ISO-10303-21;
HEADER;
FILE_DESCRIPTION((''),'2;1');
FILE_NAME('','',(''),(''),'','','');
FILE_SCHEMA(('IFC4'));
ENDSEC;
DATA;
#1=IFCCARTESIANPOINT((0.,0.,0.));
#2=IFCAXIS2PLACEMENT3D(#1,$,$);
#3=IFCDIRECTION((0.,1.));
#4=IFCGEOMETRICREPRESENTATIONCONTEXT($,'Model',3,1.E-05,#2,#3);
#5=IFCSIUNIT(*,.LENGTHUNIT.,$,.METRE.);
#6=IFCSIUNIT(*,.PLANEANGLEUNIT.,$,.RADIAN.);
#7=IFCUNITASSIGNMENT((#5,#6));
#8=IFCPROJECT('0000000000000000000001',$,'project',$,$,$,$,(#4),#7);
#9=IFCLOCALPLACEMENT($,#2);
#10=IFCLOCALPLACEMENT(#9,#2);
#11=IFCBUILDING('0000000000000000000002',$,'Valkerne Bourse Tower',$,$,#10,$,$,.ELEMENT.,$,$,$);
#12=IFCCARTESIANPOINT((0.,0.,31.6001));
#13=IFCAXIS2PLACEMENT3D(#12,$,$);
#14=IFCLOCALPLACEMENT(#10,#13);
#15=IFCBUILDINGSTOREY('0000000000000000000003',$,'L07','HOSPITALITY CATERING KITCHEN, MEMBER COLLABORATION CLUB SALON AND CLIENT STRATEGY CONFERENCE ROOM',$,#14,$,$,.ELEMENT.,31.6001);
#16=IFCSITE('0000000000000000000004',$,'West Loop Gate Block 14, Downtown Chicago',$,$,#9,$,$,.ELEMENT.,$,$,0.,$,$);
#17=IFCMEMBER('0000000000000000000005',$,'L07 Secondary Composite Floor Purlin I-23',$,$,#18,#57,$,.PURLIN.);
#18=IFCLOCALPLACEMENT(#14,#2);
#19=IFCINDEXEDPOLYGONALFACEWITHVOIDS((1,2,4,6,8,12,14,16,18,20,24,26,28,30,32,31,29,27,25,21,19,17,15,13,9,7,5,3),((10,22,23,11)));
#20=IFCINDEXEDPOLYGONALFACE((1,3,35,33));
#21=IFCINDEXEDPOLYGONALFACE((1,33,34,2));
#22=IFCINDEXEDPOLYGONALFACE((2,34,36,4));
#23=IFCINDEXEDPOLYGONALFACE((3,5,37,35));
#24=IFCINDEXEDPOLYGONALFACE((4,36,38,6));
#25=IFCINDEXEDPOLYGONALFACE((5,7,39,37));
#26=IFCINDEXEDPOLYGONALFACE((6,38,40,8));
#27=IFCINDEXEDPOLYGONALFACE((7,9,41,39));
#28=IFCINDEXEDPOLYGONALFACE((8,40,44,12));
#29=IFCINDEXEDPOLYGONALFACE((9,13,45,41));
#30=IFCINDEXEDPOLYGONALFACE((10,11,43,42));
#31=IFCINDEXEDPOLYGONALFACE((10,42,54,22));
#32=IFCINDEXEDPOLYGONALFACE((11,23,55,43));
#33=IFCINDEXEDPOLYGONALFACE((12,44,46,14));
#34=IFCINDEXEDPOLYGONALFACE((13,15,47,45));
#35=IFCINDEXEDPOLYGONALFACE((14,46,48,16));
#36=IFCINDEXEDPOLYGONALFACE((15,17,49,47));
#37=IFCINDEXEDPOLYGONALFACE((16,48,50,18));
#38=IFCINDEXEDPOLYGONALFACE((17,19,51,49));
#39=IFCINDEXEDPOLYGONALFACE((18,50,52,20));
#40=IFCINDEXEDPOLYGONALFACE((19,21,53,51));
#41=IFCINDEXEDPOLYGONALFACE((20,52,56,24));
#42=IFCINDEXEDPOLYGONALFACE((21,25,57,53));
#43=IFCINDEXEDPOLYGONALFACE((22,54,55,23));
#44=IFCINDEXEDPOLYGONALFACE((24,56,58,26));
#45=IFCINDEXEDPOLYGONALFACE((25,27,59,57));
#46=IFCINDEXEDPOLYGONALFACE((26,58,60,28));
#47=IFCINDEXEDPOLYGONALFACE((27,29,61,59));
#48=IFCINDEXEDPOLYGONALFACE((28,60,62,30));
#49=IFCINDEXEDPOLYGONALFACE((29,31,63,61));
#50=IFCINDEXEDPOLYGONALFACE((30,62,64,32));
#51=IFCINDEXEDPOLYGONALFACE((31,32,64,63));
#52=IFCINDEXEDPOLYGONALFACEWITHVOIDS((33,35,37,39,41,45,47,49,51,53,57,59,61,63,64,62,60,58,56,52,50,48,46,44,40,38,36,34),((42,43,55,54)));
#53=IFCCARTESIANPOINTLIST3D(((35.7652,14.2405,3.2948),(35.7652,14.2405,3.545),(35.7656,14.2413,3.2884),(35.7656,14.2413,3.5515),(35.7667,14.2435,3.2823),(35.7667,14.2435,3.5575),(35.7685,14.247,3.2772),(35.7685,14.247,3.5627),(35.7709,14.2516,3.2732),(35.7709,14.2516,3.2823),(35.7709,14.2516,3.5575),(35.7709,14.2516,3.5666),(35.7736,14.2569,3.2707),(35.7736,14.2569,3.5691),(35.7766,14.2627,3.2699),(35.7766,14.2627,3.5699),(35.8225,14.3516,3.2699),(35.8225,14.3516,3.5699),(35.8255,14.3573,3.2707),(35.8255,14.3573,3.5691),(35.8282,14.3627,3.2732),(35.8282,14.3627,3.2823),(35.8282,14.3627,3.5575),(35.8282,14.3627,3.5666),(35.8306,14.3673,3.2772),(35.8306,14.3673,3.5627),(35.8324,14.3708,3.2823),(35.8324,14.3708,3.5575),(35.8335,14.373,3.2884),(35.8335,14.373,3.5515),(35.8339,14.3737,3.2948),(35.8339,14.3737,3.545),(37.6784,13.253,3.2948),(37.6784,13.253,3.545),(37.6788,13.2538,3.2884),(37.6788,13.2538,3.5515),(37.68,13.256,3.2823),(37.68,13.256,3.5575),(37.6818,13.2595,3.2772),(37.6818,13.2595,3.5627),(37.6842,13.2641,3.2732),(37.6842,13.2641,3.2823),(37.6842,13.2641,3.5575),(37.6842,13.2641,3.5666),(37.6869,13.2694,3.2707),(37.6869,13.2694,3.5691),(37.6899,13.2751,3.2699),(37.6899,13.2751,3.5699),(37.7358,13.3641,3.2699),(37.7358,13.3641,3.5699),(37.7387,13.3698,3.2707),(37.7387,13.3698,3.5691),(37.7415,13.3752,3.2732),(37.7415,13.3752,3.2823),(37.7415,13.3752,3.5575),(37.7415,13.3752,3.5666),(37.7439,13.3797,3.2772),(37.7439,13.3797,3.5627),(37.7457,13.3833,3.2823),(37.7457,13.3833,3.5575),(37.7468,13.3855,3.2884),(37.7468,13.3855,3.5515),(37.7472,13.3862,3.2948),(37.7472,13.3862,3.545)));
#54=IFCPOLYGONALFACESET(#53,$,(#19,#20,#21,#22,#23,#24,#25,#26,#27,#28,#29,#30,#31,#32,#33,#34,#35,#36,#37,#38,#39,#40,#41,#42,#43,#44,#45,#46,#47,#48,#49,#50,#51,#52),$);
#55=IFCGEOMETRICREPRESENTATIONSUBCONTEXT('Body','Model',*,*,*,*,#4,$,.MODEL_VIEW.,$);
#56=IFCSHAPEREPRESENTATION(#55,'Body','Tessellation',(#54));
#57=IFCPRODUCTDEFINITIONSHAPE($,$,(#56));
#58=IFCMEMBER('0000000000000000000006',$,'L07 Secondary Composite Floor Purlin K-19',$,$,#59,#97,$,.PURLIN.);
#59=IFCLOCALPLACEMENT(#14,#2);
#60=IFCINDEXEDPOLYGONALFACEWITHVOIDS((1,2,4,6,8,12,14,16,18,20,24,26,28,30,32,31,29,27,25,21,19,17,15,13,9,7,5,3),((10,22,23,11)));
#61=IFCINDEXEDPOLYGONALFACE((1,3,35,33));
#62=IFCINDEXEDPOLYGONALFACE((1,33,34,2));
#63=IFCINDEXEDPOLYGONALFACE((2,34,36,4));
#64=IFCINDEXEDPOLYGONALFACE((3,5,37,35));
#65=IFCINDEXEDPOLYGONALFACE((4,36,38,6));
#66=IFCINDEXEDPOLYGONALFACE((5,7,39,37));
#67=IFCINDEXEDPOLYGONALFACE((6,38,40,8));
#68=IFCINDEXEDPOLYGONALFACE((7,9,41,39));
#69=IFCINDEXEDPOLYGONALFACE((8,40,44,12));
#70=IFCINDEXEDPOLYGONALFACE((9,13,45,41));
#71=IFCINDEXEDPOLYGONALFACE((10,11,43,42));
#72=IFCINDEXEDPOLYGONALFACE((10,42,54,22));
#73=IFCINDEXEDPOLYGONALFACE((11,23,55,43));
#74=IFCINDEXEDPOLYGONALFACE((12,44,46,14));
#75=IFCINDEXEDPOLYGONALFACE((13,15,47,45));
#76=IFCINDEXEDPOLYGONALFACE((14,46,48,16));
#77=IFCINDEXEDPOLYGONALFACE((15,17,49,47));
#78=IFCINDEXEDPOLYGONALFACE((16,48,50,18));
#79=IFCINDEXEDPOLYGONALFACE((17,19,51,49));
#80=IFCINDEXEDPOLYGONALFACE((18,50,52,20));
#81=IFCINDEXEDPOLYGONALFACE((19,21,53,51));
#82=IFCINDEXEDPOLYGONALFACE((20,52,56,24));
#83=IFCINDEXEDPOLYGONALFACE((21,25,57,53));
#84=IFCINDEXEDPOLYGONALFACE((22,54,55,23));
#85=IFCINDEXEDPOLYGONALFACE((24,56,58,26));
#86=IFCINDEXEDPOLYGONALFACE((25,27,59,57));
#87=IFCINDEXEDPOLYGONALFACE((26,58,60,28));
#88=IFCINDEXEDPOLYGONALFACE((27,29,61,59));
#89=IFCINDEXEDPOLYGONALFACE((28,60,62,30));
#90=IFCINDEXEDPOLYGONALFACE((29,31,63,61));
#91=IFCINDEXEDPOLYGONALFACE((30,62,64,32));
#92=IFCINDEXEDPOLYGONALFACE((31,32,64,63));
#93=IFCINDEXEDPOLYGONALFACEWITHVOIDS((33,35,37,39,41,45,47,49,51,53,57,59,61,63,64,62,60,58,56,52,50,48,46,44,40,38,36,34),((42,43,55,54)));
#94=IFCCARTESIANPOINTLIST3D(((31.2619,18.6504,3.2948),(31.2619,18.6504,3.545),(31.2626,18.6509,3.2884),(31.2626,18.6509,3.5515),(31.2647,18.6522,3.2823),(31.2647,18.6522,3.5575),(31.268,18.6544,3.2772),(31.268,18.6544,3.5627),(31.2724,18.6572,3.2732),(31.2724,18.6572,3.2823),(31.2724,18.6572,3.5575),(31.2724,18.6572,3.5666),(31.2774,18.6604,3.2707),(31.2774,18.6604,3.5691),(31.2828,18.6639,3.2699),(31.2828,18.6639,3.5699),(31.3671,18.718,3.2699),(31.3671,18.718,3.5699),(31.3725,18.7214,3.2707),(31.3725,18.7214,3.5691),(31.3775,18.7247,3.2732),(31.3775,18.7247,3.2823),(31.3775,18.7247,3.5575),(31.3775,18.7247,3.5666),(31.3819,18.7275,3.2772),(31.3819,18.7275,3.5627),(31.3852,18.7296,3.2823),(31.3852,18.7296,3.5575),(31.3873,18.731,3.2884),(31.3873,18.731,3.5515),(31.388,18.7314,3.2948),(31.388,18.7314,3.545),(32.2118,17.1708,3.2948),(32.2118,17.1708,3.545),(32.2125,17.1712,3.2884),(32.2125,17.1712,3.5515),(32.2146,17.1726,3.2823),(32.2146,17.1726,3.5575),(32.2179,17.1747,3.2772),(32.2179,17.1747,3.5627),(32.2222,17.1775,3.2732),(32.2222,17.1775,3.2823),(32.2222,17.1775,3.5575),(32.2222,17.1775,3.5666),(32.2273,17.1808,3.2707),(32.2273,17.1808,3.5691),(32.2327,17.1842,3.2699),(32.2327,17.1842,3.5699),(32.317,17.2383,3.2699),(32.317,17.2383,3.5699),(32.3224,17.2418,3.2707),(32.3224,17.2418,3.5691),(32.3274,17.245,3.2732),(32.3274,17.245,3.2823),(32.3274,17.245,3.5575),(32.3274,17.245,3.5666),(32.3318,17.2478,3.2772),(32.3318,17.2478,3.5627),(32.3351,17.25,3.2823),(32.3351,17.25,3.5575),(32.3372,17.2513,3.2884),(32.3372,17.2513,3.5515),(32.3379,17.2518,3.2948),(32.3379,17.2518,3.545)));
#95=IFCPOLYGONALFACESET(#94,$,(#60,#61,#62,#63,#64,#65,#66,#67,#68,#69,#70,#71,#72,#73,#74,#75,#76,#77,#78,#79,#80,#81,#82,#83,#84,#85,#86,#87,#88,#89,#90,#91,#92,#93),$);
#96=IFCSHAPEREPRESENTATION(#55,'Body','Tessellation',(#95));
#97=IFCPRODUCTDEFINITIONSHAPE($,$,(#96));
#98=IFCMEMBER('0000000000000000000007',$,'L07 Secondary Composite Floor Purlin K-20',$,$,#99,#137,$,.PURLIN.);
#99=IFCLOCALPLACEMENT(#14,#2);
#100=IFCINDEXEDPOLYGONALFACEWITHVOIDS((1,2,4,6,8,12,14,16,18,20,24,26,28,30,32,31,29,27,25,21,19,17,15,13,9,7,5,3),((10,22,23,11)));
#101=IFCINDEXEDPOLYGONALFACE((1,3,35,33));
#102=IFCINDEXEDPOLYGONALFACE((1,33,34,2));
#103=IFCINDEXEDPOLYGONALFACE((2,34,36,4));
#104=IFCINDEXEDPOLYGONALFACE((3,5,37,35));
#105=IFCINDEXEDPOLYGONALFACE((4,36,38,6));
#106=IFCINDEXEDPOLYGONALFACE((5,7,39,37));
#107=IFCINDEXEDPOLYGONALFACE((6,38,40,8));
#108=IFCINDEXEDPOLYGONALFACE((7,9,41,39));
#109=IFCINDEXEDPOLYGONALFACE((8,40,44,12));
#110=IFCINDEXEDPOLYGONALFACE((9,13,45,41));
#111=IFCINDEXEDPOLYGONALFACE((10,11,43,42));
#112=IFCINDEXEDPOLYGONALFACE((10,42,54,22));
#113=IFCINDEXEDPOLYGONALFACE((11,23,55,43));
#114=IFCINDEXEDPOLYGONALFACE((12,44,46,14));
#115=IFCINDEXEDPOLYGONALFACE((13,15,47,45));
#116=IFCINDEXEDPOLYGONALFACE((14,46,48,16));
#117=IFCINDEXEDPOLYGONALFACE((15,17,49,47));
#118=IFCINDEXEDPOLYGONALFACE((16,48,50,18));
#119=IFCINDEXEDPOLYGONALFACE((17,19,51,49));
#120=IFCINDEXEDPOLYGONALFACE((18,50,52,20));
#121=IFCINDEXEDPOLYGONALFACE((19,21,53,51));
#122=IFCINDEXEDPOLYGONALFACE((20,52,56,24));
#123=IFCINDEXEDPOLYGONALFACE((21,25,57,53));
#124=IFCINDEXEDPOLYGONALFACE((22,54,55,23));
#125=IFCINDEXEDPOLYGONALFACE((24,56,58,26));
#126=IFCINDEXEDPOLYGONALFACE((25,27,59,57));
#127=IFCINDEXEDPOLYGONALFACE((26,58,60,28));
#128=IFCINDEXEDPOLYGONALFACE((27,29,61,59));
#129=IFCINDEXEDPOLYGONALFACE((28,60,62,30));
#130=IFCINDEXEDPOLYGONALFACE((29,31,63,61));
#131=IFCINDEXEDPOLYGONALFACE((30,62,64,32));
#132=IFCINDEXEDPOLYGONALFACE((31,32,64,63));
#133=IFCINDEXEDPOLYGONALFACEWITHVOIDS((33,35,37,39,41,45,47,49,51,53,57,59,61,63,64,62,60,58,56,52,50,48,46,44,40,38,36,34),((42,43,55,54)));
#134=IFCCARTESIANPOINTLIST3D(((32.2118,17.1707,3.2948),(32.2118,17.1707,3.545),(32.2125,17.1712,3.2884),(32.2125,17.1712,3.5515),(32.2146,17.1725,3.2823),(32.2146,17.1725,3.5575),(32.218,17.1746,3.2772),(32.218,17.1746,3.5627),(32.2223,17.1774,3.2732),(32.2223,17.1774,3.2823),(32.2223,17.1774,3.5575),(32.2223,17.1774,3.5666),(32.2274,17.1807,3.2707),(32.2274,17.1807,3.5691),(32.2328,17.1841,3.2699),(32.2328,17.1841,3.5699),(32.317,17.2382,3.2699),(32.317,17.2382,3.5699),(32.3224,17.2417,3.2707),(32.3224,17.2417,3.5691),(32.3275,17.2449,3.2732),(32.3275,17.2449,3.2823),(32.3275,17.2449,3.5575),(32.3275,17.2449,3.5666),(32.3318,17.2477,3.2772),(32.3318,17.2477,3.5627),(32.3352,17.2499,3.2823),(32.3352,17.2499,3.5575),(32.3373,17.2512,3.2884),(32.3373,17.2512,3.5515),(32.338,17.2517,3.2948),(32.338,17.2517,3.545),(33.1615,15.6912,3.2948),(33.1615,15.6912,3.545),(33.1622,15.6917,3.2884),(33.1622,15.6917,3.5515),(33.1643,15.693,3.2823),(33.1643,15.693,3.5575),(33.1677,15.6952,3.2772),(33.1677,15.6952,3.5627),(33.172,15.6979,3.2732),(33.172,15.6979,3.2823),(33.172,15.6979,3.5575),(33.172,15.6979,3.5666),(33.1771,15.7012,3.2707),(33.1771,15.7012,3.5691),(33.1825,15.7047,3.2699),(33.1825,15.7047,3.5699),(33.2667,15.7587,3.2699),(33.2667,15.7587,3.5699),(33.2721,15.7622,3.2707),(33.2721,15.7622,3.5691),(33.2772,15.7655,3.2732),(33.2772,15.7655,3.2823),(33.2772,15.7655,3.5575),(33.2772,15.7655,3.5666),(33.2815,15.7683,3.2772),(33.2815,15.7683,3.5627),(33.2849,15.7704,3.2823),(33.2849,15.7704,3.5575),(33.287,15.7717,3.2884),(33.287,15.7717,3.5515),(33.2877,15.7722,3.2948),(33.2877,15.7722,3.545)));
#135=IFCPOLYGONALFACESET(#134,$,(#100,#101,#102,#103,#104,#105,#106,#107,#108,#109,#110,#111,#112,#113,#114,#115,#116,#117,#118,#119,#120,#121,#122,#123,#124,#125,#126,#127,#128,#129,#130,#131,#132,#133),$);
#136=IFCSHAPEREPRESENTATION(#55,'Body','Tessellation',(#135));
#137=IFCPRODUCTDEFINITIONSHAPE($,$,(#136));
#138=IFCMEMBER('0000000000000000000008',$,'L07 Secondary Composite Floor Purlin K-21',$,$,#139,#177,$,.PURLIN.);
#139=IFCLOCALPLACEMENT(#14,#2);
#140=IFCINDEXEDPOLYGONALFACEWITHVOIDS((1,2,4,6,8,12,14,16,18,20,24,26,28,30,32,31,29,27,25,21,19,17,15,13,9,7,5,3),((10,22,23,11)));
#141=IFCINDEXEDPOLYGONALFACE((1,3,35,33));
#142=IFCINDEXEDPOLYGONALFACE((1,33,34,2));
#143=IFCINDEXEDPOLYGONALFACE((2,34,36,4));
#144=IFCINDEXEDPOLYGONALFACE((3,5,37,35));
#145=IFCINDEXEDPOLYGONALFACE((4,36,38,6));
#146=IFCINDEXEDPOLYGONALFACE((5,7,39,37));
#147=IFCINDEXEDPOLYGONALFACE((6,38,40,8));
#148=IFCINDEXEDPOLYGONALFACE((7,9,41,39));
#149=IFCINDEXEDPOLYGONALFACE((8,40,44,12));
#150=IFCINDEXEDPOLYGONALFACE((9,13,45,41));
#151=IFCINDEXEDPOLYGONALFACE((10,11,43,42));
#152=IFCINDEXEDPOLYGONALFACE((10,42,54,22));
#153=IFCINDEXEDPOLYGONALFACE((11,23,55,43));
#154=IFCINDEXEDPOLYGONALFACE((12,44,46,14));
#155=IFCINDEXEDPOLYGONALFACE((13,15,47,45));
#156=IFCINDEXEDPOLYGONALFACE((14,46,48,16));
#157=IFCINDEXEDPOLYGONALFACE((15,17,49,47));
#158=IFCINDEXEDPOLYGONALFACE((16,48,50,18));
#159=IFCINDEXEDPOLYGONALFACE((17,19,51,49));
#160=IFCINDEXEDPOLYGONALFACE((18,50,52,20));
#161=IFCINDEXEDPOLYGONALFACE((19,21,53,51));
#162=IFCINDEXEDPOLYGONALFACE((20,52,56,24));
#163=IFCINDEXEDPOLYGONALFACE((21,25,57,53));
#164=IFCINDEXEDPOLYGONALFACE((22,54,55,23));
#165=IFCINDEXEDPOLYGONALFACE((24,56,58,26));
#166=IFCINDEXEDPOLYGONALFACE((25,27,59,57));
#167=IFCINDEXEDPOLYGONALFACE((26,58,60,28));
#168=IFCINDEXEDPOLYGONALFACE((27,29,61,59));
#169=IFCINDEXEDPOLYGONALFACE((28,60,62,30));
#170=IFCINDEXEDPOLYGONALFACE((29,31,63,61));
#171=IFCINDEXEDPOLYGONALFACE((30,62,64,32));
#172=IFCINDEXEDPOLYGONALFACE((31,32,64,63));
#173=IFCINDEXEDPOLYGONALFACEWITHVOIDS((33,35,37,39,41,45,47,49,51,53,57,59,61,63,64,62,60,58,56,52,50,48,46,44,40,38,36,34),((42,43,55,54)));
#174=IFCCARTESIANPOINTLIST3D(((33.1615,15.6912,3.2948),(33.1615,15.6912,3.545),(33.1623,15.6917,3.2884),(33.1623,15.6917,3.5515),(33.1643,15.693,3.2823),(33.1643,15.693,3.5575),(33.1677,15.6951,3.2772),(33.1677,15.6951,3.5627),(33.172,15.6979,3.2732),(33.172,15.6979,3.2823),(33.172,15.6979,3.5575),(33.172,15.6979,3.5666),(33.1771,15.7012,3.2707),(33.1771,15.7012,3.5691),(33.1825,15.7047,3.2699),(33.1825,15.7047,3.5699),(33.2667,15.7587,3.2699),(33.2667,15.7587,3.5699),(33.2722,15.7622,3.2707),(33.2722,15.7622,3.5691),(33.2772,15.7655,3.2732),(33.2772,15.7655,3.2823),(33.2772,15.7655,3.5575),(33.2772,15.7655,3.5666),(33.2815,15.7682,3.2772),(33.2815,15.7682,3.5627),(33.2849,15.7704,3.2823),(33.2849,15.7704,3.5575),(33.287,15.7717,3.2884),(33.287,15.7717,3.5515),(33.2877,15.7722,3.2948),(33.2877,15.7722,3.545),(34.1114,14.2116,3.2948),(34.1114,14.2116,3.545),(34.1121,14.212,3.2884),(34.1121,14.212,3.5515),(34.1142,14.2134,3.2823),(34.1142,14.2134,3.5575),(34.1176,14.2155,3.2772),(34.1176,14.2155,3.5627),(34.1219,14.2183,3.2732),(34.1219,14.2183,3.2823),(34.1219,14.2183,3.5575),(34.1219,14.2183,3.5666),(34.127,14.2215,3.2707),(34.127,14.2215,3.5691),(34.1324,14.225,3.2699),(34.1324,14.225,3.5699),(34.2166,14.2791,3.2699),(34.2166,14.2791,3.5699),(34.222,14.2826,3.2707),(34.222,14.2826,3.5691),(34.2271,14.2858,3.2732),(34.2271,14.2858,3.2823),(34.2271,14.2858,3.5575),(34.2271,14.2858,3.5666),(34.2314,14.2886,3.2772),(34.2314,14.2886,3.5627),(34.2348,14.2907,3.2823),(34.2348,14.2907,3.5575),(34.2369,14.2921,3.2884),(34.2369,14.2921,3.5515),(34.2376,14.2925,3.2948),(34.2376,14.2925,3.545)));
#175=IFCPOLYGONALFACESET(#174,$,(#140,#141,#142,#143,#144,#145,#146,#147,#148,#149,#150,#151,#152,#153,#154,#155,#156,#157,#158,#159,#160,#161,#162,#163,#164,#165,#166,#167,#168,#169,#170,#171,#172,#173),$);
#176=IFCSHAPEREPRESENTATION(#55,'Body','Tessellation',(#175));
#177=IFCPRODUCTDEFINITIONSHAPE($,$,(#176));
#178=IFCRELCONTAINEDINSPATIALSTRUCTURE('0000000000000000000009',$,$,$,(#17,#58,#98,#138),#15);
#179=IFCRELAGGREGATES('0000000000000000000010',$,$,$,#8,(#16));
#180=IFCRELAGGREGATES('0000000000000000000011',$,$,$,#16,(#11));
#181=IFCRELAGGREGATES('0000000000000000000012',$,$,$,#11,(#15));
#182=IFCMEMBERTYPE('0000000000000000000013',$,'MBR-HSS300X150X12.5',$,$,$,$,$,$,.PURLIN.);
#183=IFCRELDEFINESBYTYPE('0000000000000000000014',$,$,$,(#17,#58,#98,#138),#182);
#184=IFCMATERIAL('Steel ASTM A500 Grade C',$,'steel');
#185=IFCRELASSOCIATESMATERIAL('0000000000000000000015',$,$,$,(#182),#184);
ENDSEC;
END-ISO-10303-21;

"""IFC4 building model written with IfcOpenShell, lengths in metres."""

from ifc_helpers import new_model, si_unit, direction, frame, origin, origin_2d, place, context, subcontext, project, spatial, hollow_rectangle, extrude, material, material_profile, profile_set, type_object, element, save


model = new_model("IFC4")

# Units and contexts
model_context = context("Model", 3, precision=1e-05, world=origin(), true_north=direction((0.0, 1.0)))
body_context = subcontext(model_context, "Body", "Model", "MODEL_VIEW")
ifc_project = project(units=[si_unit("LENGTHUNIT", "METRE"), si_unit("PLANEANGLEUNIT", "RADIAN")], contexts=[model_context])

# Site, building, storey
site_placement = place(None, origin())
site = spatial("IfcSite", under=ifc_project, at=site_placement, Name="West Loop Gate Block 14, Downtown Chicago", CompositionType="ELEMENT", RefElevation=0.0)
building_placement = place(site_placement, origin())
building = spatial("IfcBuilding", under=site, at=building_placement, Name="Valkerne Bourse Tower", CompositionType="ELEMENT")
storey_placement = place(building_placement, frame((0.0, 0.0, 31.6001)))
storey = spatial("IfcBuildingStorey", under=building, at=storey_placement, Name="L07", Description="HOSPITALITY CATERING KITCHEN, MEMBER COLLABORATION CLUB SALON AND CLIENT STRATEGY CONFERENCE ROOM", CompositionType="ELEMENT", Elevation=31.6001)

# Members
ifc_material_1 = material(Name="Steel ASTM A500 Grade C", Category="steel")
ifc_material_profile_1 = material_profile(ifc_material_1, hollow_rectangle(XDim=0.1499, YDim=0.3, WallThickness=0.0125, OuterFilletRadius=0.0249, at=origin_2d()), Name="HSS300X150X12.5")
ifc_profile_set_1 = profile_set([ifc_material_profile_1], Name="Steel ASTM A500 Grade C")
member_type_1 = type_object("IfcMemberType", Name="MBR-HSS300X150X12.5", PredefinedType="PURLIN", material=ifc_profile_set_1)
member_1_placement = place(storey_placement, frame((35.7996, 14.3071, 3.4199), z_axis=(0.888616, -0.458652, 0.0), x_axis=(0.458652, 0.888616, 0.0)))
element("IfcMember", 1, at=member_1_placement, inside=storey, type_object=member_type_1, Name="L07 Secondary Composite Floor Purlin I-23", PredefinedType="PURLIN", context=body_context, shape_type="SweptSolid", body=[
    extrude(hollow_rectangle(XDim=0.1499, YDim=0.3, WallThickness=0.0125, OuterFilletRadius=0.0249, at=origin_2d()), origin(), (0.0, 0.0, 1.0), 2.1531),
])
member_2_placement = place(storey_placement, frame((31.325, 18.6909, 3.4199), z_axis=(0.540231, -0.841517, 0.0), x_axis=(0.841517, 0.540231, 0.0)))
element("IfcMember", 2, at=member_2_placement, inside=storey, type_object=member_type_1, Name="L07 Secondary Composite Floor Purlin K-19", PredefinedType="PURLIN", context=body_context, shape_type="SweptSolid", body=[
    extrude(hollow_rectangle(XDim=0.1499, YDim=0.3, WallThickness=0.0125, OuterFilletRadius=0.0249, at=origin_2d()), origin(), (0.0, 0.0, 1.0), 1.7583),
])
member_3_placement = place(storey_placement, frame((32.2749, 17.2112, 3.4199), z_axis=(0.540196, -0.841539, 0.0), x_axis=(0.841539, 0.540196, 0.0)))
element("IfcMember", 3, at=member_3_placement, inside=storey, type_object=member_type_1, Name="L07 Secondary Composite Floor Purlin K-20", PredefinedType="PURLIN", context=body_context, shape_type="SweptSolid", body=[
    extrude(hollow_rectangle(XDim=0.1499, YDim=0.3, WallThickness=0.0125, OuterFilletRadius=0.0249, at=origin_2d()), origin(), (0.0, 0.0, 1.0), 1.7581),
])
for number, where, z_axis, x_axis, name in (
    (4, (33.2246, 15.7317, 3.4199), (0.540231, -0.841517, 0.0), (0.841517, 0.540231, 0.0), "L07 Secondary Composite Floor Purlin K-21"),
):
    element("IfcMember", number, at=place(storey_placement, frame(where, z_axis=z_axis, x_axis=x_axis)), inside=storey, type_object=member_type_1, Name=name, PredefinedType="PURLIN", context=body_context, shape_type="SweptSolid", body=[
        extrude(hollow_rectangle(XDim=0.1499, YDim=0.3, WallThickness=0.0125, OuterFilletRadius=0.0249, at=origin_2d()), origin(), (0.0, 0.0, 1.0), 1.7583),
    ])

save(model, "model.ifc")
